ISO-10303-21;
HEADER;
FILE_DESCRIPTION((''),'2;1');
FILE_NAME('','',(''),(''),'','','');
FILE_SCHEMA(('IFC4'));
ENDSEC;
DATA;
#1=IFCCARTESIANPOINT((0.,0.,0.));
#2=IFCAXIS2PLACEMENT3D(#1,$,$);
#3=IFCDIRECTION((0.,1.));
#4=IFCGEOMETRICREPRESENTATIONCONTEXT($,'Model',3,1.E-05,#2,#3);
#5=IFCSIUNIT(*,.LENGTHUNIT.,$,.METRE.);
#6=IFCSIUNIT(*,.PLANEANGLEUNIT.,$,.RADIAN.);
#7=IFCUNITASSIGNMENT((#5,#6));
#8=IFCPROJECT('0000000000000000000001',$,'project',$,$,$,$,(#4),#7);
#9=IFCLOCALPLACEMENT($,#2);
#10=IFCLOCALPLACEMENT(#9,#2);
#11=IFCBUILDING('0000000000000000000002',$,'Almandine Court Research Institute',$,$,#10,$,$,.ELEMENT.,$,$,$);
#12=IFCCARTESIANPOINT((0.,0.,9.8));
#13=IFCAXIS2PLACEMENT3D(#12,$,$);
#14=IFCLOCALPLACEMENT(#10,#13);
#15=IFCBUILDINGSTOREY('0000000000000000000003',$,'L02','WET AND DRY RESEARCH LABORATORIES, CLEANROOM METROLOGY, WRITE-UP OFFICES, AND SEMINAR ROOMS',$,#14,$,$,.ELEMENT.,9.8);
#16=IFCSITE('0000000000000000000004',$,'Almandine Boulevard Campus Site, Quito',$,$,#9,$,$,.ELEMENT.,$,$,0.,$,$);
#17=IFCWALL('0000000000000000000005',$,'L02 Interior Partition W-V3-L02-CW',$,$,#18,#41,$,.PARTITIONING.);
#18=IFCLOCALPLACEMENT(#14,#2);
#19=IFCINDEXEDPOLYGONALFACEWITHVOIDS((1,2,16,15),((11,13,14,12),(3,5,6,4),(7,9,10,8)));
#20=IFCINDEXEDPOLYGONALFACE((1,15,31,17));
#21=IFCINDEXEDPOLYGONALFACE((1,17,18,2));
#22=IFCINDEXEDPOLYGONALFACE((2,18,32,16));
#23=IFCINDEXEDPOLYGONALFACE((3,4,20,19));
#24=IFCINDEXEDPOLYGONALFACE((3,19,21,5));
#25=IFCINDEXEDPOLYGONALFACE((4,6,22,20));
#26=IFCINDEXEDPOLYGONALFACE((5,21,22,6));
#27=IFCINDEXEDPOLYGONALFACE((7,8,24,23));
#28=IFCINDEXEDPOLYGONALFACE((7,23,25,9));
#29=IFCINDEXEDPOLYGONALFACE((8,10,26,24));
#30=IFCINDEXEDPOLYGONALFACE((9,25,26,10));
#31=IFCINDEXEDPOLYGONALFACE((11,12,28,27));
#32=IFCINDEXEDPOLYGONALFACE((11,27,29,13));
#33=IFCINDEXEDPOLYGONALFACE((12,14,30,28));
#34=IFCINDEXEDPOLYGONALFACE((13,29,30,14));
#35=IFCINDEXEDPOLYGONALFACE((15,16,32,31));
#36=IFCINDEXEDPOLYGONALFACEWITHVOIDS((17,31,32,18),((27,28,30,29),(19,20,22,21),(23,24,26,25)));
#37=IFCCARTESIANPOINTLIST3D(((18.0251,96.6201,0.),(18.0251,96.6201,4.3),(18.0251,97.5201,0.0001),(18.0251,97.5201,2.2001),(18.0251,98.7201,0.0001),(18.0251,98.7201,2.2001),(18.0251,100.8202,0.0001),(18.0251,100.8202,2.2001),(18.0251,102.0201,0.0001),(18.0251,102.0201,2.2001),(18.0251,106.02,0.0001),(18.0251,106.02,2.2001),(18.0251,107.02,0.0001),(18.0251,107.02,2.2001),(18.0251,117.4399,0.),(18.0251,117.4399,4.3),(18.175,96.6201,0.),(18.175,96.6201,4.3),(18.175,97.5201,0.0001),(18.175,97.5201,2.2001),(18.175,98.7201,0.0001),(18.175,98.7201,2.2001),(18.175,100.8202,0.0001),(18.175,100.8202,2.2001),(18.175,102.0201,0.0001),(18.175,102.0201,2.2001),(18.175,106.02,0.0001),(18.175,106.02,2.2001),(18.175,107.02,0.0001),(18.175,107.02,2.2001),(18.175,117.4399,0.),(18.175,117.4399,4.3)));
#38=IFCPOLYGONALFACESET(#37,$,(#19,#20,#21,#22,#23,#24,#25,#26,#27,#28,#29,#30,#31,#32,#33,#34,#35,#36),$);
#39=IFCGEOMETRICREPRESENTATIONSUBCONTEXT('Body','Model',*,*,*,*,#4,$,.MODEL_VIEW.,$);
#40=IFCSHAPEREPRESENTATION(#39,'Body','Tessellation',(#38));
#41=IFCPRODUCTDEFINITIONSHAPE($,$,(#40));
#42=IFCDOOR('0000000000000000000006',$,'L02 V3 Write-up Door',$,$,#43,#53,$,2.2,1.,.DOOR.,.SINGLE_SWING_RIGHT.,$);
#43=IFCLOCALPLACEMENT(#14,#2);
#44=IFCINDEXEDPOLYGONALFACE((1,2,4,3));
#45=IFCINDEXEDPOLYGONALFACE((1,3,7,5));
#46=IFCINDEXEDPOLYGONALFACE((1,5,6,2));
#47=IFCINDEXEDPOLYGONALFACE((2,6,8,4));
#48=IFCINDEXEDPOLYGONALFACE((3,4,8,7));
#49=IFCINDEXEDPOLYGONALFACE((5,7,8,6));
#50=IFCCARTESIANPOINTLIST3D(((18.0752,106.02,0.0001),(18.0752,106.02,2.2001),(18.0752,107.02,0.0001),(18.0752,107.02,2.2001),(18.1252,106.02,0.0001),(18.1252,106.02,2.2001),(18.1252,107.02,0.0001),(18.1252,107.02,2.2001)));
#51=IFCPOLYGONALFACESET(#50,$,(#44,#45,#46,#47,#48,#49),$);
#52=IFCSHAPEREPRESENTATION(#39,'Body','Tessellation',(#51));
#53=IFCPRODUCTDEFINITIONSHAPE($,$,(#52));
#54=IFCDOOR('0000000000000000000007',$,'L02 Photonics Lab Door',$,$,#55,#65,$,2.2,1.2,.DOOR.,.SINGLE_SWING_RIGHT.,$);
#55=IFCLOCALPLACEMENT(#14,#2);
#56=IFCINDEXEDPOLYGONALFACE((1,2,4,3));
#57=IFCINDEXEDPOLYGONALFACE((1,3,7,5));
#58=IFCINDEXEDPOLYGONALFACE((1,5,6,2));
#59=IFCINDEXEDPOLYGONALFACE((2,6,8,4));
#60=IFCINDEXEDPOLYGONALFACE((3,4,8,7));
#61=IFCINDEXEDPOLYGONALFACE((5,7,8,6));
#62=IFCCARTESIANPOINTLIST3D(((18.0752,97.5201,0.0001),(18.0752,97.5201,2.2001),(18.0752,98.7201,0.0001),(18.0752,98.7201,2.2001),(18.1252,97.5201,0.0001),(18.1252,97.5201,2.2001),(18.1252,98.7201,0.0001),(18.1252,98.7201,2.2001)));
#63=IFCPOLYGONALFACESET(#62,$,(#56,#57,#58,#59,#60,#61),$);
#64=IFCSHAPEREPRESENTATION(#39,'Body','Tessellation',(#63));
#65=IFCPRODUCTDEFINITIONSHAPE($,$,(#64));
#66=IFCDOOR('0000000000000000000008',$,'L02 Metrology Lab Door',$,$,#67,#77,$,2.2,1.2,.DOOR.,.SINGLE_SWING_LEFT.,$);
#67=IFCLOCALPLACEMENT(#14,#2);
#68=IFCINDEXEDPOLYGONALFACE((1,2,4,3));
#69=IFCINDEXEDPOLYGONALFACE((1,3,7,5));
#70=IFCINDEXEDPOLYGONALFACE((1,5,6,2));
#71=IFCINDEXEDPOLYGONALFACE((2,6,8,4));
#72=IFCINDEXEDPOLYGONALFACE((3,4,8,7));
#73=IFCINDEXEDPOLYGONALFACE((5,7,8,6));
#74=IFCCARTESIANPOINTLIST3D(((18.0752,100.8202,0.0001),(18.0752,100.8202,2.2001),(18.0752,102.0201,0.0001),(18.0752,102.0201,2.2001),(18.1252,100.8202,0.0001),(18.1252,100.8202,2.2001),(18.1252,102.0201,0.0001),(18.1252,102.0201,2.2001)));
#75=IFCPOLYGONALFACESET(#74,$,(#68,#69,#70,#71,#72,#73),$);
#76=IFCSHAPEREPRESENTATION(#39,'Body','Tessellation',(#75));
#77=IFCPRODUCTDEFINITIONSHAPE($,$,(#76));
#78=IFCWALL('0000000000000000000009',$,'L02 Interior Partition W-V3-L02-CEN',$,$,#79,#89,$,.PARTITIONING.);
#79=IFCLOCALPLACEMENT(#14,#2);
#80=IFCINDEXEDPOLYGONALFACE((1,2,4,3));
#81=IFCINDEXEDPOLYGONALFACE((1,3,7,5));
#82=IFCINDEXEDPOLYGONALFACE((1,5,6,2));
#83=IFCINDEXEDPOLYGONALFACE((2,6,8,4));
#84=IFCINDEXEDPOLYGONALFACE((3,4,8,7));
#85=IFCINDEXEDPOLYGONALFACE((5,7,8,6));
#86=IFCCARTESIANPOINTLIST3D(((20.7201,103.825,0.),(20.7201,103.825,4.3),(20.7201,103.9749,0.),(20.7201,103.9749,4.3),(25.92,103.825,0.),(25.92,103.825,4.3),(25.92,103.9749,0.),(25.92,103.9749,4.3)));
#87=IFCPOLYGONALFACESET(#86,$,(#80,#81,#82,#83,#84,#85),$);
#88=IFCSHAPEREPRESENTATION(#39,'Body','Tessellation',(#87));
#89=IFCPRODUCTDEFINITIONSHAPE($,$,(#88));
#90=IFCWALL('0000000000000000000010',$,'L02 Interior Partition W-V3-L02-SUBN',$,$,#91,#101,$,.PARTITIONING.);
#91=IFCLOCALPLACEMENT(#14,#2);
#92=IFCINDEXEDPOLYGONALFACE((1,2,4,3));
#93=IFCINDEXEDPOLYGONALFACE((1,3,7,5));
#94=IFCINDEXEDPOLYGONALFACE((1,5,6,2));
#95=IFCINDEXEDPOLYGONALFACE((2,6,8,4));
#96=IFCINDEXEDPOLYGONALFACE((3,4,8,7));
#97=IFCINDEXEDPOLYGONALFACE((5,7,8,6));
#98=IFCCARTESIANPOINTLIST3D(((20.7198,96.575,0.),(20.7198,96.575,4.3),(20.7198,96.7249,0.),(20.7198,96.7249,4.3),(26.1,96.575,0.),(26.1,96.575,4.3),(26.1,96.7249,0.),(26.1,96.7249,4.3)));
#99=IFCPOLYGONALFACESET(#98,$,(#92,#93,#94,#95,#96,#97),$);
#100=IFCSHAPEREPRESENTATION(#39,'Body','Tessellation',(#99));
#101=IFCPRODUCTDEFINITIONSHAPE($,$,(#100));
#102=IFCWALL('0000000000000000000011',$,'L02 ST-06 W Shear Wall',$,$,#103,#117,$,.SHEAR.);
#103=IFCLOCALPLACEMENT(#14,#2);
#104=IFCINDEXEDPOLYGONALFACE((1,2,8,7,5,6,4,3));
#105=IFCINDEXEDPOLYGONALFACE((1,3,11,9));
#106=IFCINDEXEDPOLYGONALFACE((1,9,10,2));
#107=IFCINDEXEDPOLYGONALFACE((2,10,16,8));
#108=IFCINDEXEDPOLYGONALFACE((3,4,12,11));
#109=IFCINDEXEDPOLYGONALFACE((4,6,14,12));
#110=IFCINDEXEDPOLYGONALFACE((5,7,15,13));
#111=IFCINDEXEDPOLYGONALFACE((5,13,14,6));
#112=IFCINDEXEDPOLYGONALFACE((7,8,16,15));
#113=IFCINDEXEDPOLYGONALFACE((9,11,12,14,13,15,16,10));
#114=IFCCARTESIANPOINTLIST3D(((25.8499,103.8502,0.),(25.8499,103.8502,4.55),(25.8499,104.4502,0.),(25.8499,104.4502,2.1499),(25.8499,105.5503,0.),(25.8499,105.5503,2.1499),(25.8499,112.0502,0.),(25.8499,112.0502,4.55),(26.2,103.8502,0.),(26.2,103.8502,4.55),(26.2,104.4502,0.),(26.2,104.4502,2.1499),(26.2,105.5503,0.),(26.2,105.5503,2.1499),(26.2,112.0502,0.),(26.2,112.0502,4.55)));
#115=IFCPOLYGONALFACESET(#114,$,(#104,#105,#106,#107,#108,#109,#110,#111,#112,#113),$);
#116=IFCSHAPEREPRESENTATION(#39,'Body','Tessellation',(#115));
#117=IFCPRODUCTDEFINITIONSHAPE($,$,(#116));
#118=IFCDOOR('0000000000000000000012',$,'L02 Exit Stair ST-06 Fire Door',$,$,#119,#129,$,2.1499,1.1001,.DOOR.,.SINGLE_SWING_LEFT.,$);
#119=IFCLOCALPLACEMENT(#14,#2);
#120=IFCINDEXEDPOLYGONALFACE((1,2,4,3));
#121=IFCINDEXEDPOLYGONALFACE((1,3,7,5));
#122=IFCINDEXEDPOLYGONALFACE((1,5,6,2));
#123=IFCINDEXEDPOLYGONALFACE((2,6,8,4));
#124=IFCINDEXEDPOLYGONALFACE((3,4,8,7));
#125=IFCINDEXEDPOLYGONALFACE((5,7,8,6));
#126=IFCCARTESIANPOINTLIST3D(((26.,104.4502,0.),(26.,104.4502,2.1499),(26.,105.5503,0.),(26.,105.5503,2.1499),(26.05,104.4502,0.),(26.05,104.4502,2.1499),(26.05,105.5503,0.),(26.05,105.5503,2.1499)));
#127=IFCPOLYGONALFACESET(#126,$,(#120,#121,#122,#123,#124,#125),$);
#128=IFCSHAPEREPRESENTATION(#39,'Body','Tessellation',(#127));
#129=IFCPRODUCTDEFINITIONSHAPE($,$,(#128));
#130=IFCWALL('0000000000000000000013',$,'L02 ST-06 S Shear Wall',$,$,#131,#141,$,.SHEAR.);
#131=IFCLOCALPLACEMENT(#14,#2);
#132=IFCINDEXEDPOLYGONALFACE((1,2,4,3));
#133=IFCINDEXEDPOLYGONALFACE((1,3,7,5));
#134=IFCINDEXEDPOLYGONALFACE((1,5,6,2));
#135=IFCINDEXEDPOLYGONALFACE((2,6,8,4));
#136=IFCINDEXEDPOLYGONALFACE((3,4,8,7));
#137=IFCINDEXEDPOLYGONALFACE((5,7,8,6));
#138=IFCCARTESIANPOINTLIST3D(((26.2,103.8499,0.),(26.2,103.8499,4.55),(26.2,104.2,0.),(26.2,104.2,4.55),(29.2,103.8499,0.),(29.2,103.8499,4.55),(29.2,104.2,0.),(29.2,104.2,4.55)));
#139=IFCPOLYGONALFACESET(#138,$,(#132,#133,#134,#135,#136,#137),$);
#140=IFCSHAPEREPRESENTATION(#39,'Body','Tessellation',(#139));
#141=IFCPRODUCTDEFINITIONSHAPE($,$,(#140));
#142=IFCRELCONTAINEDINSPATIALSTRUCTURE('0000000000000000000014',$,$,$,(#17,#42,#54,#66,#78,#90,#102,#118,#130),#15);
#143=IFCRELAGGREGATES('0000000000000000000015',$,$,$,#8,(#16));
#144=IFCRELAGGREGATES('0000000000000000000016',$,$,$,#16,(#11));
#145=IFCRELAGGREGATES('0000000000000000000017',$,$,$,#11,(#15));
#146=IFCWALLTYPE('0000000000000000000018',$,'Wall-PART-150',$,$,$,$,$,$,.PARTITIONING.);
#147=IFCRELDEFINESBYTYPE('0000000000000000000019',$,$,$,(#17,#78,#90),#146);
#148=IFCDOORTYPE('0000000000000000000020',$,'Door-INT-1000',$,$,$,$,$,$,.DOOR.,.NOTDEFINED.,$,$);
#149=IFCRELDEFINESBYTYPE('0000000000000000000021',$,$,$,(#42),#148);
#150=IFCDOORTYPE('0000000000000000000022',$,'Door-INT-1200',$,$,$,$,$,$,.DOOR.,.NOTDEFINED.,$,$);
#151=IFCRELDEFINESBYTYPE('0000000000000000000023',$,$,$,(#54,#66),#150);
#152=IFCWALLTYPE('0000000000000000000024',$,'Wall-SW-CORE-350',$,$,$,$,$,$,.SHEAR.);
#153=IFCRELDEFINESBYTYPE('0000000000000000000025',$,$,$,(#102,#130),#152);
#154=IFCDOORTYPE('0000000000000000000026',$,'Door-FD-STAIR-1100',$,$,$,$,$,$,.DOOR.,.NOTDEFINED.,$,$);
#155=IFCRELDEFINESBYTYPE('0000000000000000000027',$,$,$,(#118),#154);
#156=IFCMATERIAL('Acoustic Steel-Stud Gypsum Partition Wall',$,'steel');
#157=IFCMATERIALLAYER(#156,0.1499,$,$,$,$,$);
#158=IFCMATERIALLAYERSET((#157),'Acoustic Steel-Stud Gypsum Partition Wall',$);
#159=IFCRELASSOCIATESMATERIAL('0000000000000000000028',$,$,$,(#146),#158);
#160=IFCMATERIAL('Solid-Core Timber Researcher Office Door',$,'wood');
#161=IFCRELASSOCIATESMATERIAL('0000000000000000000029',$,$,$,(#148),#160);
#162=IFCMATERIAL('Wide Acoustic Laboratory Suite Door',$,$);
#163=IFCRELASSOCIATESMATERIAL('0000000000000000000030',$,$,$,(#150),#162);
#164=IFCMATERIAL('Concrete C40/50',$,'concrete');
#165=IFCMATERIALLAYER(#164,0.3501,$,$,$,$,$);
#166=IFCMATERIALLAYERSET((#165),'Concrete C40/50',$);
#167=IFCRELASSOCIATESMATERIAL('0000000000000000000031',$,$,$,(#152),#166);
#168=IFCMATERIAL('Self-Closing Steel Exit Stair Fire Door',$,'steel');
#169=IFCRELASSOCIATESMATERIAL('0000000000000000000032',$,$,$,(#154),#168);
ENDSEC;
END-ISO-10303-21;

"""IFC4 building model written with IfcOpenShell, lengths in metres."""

from ifc_helpers import new_model, si_unit, direction, frame, frame_2d, origin, place, context, subcontext, project, spatial, rectangle, extrude, material, layer, layer_set, type_object, element, fill, save


model = new_model("IFC4")

# Units and contexts
model_context = context("Model", 3, precision=1e-05, world=origin(), true_north=direction((0.0, 1.0)))
body_context = subcontext(model_context, "Body", "Model", "MODEL_VIEW")
ifc_project = project(units=[si_unit("LENGTHUNIT", "METRE"), si_unit("PLANEANGLEUNIT", "RADIAN")], contexts=[model_context])

# Site, building, storey
site_placement = place(None, origin())
site = spatial("IfcSite", under=ifc_project, at=site_placement, Name="Almandine Boulevard Campus Site, Quito", CompositionType="ELEMENT", RefElevation=0.0)
building_placement = place(site_placement, origin())
building = spatial("IfcBuilding", under=site, at=building_placement, Name="Almandine Court Research Institute", CompositionType="ELEMENT")
storey_placement = place(building_placement, frame((0.0, 0.0, 9.8)))
storey = spatial("IfcBuildingStorey", under=building, at=storey_placement, Name="L02", Description="WET AND DRY RESEARCH LABORATORIES, CLEANROOM METROLOGY, WRITE-UP OFFICES, AND SEMINAR ROOMS", CompositionType="ELEMENT", Elevation=9.8)

# Shared definitions
ifc_material_1 = material(Name="Acoustic Steel-Stud Gypsum Partition Wall", Category="steel")
ifc_layer_1 = layer(ifc_material_1, 0.1499)
ifc_layer_set_1 = layer_set([ifc_layer_1], Name="Acoustic Steel-Stud Gypsum Partition Wall")
wall_type_1 = type_object("IfcWallType", Name="Wall-PART-150", PredefinedType="PARTITIONING", material=ifc_layer_set_1)

# Wall, openings, doors
wall_1_placement = place(storey_placement, frame((18.1001, 96.6201, 0.0), z_axis=(0.0, 0.0, 1.0), x_axis=(0.0, 1.0, 0.0)))
wall_1 = element("IfcWall", 1, at=wall_1_placement, inside=storey, type_object=wall_type_1, Name="L02 Interior Partition W-V3-L02-CW", PredefinedType="PARTITIONING", context=body_context, shape_type="SweptSolid", body=[
    extrude(rectangle(XDim=20.8198, YDim=0.1499, at=frame_2d((10.4099, 0.0))), origin(), (0.0, 0.0, 1.0), 4.3),
])
opening_1_placement = place(wall_1_placement, frame((0.8999, 0.0, 0.0)))
opening_1 = element("IfcOpeningElement", 2, at=opening_1_placement, cuts=wall_1, PredefinedType="OPENING", context=body_context, shape_type="SweptSolid", body=[
    extrude(rectangle(XDim=1.2, YDim=2.2, at=frame_2d((0.6001, 1.1001))), frame((0.0, 0.085, 0.0), z_axis=(0.0, -1.0, 0.0), x_axis=(1.0, 0.0, 0.0)), (0.0, 0.0, 1.0), 0.1699),
])
opening_2_placement = place(wall_1_placement, frame((4.2, 0.0, 0.0)))
opening_2 = element("IfcOpeningElement", 3, at=opening_2_placement, cuts=wall_1, PredefinedType="OPENING", context=body_context, shape_type="SweptSolid", body=[
    extrude(rectangle(XDim=1.2, YDim=2.2, at=frame_2d((0.6001, 1.1001))), frame((0.0, 0.085, 0.0), z_axis=(0.0, -1.0, 0.0), x_axis=(1.0, 0.0, 0.0)), (0.0, 0.0, 1.0), 0.1699),
])
opening_3_placement = place(wall_1_placement, frame((9.3999, 0.0, 0.0)))
opening_3 = element("IfcOpeningElement", 4, at=opening_3_placement, cuts=wall_1, PredefinedType="OPENING", context=body_context, shape_type="SweptSolid", body=[
    extrude(rectangle(XDim=1.0, YDim=2.2, at=frame_2d((0.5, 1.1001))), frame((0.0, 0.085, 0.0), z_axis=(0.0, -1.0, 0.0), x_axis=(1.0, 0.0, 0.0)), (0.0, 0.0, 1.0), 0.1699),
])
ifc_material_2 = material(Name="Solid-Core Timber Researcher Office Door", Category="wood")
door_type_1 = type_object("IfcDoorType", Name="Door-INT-1000", OperationType="NOTDEFINED", PredefinedType="DOOR", material=ifc_material_2)
door_1_placement = place(opening_3_placement, origin())
door_1 = element("IfcDoor", 5, at=door_1_placement, inside=storey, type_object=door_type_1, Name="L02 V3 Write-up Door", OperationType="SINGLE_SWING_RIGHT", OverallHeight=2.2, OverallWidth=1.0, PredefinedType="DOOR", context=body_context, shape_type="SweptSolid", body=[
    extrude(rectangle(XDim=1.0, YDim=2.2, at=frame_2d((0.5, 1.1001))), frame((0.0, 0.0249, 0.0), z_axis=(0.0, -1.0, 0.0), x_axis=(1.0, 0.0, 0.0)), (0.0, 0.0, 1.0), 0.05),
])
fill(opening_3, door_1)
ifc_material_3 = material(Name="Wide Acoustic Laboratory Suite Door")
door_type_2 = type_object("IfcDoorType", Name="Door-INT-1200", OperationType="NOTDEFINED", PredefinedType="DOOR", material=ifc_material_3)
door_2_placement = place(opening_1_placement, origin())
door_2 = element("IfcDoor", 6, at=door_2_placement, inside=storey, type_object=door_type_2, Name="L02 Photonics Lab Door", OperationType="SINGLE_SWING_RIGHT", OverallHeight=2.2, OverallWidth=1.2, PredefinedType="DOOR", context=body_context, shape_type="SweptSolid", body=[
    extrude(rectangle(XDim=1.2, YDim=2.2, at=frame_2d((0.6001, 1.1001))), frame((0.0, 0.0249, 0.0), z_axis=(0.0, -1.0, 0.0), x_axis=(1.0, 0.0, 0.0)), (0.0, 0.0, 1.0), 0.05),
])
fill(opening_1, door_2)
door_3_placement = place(opening_2_placement, origin())
door_3 = element("IfcDoor", 7, at=door_3_placement, inside=storey, type_object=door_type_2, Name="L02 Metrology Lab Door", OperationType="SINGLE_SWING_LEFT", OverallHeight=2.2, OverallWidth=1.2, PredefinedType="DOOR", context=body_context, shape_type="SweptSolid", body=[
    extrude(rectangle(XDim=1.2, YDim=2.2, at=frame_2d((0.6001, 1.1001))), frame((0.0, 0.0249, 0.0), z_axis=(0.0, -1.0, 0.0), x_axis=(1.0, 0.0, 0.0)), (0.0, 0.0, 1.0), 0.05),
])
fill(opening_2, door_3)

# Walls
wall_2_placement = place(storey_placement, frame((20.72, 103.8999, 0.0), z_axis=(0.0, 0.0, 1.0), x_axis=(1.0, 0.0, 0.0)))
element("IfcWall", 8, at=wall_2_placement, inside=storey, type_object=wall_type_1, Name="L02 Interior Partition W-V3-L02-CEN", PredefinedType="PARTITIONING", context=body_context, shape_type="SweptSolid", body=[
    extrude(rectangle(XDim=5.2, YDim=0.1499, at=frame_2d((2.6001, 0.0))), origin(), (0.0, 0.0, 1.0), 4.3),
])
wall_3_placement = place(storey_placement, frame((20.72, 96.6499, 0.0), z_axis=(0.0, 0.0, 1.0), x_axis=(1.0, 0.0, 0.0)))
element("IfcWall", 9, at=wall_3_placement, inside=storey, type_object=wall_type_1, Name="L02 Interior Partition W-V3-L02-SUBN", PredefinedType="PARTITIONING", context=body_context, shape_type="SweptSolid", body=[
    extrude(rectangle(XDim=5.3801, YDim=0.1499, at=frame_2d((2.6899, 0.0))), origin(), (0.0, 0.0, 1.0), 4.3),
])

# Wall, opening, door
ifc_material_4 = material(Name="Concrete C40/50", Category="concrete")
ifc_layer_2 = layer(ifc_material_4, 0.3501)
ifc_layer_set_2 = layer_set([ifc_layer_2], Name="Concrete C40/50")
wall_type_2 = type_object("IfcWallType", Name="Wall-SW-CORE-350", PredefinedType="SHEAR", material=ifc_layer_set_2)
wall_4_placement = place(storey_placement, frame((26.0249, 103.8501, 0.0), z_axis=(0.0, 0.0, 1.0), x_axis=(0.0, 1.0, 0.0)))
wall_4 = element("IfcWall", 10, at=wall_4_placement, inside=storey, type_object=wall_type_2, Name="L02 ST-06 W Shear Wall", PredefinedType="SHEAR", context=body_context, shape_type="SweptSolid", body=[
    extrude(rectangle(XDim=8.2, YDim=0.3501, at=frame_2d((4.1001, 0.0))), origin(), (0.0, 0.0, 1.0), 4.55),
])
opening_4_placement = place(wall_4_placement, frame((0.6001, 0.0, 0.0)))
opening_4 = element("IfcOpeningElement", 11, at=opening_4_placement, cuts=wall_4, PredefinedType="OPENING", context=body_context, shape_type="SweptSolid", body=[
    extrude(rectangle(XDim=1.1001, YDim=2.1499, at=frame_2d((0.55, 1.075))), frame((0.0, 0.1851, 0.0), z_axis=(0.0, -1.0, 0.0), x_axis=(1.0, 0.0, 0.0)), (0.0, 0.0, 1.0), 0.3701),
])
ifc_material_5 = material(Name="Self-Closing Steel Exit Stair Fire Door", Category="steel")
door_type_3 = type_object("IfcDoorType", Name="Door-FD-STAIR-1100", OperationType="NOTDEFINED", PredefinedType="DOOR", material=ifc_material_5)
door_4_placement = place(opening_4_placement, origin())
door_4 = element("IfcDoor", 12, at=door_4_placement, inside=storey, type_object=door_type_3, Name="L02 Exit Stair ST-06 Fire Door", OperationType="SINGLE_SWING_LEFT", OverallHeight=2.1499, OverallWidth=1.1001, PredefinedType="DOOR", context=body_context, shape_type="SweptSolid", body=[
    extrude(rectangle(XDim=1.1001, YDim=2.1499, at=frame_2d((0.55, 1.075))), frame((0.0, 0.0249, 0.0), z_axis=(0.0, -1.0, 0.0), x_axis=(1.0, 0.0, 0.0)), (0.0, 0.0, 1.0), 0.05),
])
fill(opening_4, door_4)

# Wall
wall_5_placement = place(storey_placement, frame((29.2, 104.0249, 0.0), z_axis=(0.0, 0.0, 1.0), x_axis=(-1.0, 0.0, 0.0)))
element("IfcWall", 13, at=wall_5_placement, inside=storey, type_object=wall_type_2, Name="L02 ST-06 S Shear Wall", PredefinedType="SHEAR", context=body_context, shape_type="SweptSolid", body=[
    extrude(rectangle(XDim=3.0, YDim=0.3501, at=frame_2d((1.5, 0.0))), origin(), (0.0, 0.0, 1.0), 4.55),
])

save(model, "model.ifc")
